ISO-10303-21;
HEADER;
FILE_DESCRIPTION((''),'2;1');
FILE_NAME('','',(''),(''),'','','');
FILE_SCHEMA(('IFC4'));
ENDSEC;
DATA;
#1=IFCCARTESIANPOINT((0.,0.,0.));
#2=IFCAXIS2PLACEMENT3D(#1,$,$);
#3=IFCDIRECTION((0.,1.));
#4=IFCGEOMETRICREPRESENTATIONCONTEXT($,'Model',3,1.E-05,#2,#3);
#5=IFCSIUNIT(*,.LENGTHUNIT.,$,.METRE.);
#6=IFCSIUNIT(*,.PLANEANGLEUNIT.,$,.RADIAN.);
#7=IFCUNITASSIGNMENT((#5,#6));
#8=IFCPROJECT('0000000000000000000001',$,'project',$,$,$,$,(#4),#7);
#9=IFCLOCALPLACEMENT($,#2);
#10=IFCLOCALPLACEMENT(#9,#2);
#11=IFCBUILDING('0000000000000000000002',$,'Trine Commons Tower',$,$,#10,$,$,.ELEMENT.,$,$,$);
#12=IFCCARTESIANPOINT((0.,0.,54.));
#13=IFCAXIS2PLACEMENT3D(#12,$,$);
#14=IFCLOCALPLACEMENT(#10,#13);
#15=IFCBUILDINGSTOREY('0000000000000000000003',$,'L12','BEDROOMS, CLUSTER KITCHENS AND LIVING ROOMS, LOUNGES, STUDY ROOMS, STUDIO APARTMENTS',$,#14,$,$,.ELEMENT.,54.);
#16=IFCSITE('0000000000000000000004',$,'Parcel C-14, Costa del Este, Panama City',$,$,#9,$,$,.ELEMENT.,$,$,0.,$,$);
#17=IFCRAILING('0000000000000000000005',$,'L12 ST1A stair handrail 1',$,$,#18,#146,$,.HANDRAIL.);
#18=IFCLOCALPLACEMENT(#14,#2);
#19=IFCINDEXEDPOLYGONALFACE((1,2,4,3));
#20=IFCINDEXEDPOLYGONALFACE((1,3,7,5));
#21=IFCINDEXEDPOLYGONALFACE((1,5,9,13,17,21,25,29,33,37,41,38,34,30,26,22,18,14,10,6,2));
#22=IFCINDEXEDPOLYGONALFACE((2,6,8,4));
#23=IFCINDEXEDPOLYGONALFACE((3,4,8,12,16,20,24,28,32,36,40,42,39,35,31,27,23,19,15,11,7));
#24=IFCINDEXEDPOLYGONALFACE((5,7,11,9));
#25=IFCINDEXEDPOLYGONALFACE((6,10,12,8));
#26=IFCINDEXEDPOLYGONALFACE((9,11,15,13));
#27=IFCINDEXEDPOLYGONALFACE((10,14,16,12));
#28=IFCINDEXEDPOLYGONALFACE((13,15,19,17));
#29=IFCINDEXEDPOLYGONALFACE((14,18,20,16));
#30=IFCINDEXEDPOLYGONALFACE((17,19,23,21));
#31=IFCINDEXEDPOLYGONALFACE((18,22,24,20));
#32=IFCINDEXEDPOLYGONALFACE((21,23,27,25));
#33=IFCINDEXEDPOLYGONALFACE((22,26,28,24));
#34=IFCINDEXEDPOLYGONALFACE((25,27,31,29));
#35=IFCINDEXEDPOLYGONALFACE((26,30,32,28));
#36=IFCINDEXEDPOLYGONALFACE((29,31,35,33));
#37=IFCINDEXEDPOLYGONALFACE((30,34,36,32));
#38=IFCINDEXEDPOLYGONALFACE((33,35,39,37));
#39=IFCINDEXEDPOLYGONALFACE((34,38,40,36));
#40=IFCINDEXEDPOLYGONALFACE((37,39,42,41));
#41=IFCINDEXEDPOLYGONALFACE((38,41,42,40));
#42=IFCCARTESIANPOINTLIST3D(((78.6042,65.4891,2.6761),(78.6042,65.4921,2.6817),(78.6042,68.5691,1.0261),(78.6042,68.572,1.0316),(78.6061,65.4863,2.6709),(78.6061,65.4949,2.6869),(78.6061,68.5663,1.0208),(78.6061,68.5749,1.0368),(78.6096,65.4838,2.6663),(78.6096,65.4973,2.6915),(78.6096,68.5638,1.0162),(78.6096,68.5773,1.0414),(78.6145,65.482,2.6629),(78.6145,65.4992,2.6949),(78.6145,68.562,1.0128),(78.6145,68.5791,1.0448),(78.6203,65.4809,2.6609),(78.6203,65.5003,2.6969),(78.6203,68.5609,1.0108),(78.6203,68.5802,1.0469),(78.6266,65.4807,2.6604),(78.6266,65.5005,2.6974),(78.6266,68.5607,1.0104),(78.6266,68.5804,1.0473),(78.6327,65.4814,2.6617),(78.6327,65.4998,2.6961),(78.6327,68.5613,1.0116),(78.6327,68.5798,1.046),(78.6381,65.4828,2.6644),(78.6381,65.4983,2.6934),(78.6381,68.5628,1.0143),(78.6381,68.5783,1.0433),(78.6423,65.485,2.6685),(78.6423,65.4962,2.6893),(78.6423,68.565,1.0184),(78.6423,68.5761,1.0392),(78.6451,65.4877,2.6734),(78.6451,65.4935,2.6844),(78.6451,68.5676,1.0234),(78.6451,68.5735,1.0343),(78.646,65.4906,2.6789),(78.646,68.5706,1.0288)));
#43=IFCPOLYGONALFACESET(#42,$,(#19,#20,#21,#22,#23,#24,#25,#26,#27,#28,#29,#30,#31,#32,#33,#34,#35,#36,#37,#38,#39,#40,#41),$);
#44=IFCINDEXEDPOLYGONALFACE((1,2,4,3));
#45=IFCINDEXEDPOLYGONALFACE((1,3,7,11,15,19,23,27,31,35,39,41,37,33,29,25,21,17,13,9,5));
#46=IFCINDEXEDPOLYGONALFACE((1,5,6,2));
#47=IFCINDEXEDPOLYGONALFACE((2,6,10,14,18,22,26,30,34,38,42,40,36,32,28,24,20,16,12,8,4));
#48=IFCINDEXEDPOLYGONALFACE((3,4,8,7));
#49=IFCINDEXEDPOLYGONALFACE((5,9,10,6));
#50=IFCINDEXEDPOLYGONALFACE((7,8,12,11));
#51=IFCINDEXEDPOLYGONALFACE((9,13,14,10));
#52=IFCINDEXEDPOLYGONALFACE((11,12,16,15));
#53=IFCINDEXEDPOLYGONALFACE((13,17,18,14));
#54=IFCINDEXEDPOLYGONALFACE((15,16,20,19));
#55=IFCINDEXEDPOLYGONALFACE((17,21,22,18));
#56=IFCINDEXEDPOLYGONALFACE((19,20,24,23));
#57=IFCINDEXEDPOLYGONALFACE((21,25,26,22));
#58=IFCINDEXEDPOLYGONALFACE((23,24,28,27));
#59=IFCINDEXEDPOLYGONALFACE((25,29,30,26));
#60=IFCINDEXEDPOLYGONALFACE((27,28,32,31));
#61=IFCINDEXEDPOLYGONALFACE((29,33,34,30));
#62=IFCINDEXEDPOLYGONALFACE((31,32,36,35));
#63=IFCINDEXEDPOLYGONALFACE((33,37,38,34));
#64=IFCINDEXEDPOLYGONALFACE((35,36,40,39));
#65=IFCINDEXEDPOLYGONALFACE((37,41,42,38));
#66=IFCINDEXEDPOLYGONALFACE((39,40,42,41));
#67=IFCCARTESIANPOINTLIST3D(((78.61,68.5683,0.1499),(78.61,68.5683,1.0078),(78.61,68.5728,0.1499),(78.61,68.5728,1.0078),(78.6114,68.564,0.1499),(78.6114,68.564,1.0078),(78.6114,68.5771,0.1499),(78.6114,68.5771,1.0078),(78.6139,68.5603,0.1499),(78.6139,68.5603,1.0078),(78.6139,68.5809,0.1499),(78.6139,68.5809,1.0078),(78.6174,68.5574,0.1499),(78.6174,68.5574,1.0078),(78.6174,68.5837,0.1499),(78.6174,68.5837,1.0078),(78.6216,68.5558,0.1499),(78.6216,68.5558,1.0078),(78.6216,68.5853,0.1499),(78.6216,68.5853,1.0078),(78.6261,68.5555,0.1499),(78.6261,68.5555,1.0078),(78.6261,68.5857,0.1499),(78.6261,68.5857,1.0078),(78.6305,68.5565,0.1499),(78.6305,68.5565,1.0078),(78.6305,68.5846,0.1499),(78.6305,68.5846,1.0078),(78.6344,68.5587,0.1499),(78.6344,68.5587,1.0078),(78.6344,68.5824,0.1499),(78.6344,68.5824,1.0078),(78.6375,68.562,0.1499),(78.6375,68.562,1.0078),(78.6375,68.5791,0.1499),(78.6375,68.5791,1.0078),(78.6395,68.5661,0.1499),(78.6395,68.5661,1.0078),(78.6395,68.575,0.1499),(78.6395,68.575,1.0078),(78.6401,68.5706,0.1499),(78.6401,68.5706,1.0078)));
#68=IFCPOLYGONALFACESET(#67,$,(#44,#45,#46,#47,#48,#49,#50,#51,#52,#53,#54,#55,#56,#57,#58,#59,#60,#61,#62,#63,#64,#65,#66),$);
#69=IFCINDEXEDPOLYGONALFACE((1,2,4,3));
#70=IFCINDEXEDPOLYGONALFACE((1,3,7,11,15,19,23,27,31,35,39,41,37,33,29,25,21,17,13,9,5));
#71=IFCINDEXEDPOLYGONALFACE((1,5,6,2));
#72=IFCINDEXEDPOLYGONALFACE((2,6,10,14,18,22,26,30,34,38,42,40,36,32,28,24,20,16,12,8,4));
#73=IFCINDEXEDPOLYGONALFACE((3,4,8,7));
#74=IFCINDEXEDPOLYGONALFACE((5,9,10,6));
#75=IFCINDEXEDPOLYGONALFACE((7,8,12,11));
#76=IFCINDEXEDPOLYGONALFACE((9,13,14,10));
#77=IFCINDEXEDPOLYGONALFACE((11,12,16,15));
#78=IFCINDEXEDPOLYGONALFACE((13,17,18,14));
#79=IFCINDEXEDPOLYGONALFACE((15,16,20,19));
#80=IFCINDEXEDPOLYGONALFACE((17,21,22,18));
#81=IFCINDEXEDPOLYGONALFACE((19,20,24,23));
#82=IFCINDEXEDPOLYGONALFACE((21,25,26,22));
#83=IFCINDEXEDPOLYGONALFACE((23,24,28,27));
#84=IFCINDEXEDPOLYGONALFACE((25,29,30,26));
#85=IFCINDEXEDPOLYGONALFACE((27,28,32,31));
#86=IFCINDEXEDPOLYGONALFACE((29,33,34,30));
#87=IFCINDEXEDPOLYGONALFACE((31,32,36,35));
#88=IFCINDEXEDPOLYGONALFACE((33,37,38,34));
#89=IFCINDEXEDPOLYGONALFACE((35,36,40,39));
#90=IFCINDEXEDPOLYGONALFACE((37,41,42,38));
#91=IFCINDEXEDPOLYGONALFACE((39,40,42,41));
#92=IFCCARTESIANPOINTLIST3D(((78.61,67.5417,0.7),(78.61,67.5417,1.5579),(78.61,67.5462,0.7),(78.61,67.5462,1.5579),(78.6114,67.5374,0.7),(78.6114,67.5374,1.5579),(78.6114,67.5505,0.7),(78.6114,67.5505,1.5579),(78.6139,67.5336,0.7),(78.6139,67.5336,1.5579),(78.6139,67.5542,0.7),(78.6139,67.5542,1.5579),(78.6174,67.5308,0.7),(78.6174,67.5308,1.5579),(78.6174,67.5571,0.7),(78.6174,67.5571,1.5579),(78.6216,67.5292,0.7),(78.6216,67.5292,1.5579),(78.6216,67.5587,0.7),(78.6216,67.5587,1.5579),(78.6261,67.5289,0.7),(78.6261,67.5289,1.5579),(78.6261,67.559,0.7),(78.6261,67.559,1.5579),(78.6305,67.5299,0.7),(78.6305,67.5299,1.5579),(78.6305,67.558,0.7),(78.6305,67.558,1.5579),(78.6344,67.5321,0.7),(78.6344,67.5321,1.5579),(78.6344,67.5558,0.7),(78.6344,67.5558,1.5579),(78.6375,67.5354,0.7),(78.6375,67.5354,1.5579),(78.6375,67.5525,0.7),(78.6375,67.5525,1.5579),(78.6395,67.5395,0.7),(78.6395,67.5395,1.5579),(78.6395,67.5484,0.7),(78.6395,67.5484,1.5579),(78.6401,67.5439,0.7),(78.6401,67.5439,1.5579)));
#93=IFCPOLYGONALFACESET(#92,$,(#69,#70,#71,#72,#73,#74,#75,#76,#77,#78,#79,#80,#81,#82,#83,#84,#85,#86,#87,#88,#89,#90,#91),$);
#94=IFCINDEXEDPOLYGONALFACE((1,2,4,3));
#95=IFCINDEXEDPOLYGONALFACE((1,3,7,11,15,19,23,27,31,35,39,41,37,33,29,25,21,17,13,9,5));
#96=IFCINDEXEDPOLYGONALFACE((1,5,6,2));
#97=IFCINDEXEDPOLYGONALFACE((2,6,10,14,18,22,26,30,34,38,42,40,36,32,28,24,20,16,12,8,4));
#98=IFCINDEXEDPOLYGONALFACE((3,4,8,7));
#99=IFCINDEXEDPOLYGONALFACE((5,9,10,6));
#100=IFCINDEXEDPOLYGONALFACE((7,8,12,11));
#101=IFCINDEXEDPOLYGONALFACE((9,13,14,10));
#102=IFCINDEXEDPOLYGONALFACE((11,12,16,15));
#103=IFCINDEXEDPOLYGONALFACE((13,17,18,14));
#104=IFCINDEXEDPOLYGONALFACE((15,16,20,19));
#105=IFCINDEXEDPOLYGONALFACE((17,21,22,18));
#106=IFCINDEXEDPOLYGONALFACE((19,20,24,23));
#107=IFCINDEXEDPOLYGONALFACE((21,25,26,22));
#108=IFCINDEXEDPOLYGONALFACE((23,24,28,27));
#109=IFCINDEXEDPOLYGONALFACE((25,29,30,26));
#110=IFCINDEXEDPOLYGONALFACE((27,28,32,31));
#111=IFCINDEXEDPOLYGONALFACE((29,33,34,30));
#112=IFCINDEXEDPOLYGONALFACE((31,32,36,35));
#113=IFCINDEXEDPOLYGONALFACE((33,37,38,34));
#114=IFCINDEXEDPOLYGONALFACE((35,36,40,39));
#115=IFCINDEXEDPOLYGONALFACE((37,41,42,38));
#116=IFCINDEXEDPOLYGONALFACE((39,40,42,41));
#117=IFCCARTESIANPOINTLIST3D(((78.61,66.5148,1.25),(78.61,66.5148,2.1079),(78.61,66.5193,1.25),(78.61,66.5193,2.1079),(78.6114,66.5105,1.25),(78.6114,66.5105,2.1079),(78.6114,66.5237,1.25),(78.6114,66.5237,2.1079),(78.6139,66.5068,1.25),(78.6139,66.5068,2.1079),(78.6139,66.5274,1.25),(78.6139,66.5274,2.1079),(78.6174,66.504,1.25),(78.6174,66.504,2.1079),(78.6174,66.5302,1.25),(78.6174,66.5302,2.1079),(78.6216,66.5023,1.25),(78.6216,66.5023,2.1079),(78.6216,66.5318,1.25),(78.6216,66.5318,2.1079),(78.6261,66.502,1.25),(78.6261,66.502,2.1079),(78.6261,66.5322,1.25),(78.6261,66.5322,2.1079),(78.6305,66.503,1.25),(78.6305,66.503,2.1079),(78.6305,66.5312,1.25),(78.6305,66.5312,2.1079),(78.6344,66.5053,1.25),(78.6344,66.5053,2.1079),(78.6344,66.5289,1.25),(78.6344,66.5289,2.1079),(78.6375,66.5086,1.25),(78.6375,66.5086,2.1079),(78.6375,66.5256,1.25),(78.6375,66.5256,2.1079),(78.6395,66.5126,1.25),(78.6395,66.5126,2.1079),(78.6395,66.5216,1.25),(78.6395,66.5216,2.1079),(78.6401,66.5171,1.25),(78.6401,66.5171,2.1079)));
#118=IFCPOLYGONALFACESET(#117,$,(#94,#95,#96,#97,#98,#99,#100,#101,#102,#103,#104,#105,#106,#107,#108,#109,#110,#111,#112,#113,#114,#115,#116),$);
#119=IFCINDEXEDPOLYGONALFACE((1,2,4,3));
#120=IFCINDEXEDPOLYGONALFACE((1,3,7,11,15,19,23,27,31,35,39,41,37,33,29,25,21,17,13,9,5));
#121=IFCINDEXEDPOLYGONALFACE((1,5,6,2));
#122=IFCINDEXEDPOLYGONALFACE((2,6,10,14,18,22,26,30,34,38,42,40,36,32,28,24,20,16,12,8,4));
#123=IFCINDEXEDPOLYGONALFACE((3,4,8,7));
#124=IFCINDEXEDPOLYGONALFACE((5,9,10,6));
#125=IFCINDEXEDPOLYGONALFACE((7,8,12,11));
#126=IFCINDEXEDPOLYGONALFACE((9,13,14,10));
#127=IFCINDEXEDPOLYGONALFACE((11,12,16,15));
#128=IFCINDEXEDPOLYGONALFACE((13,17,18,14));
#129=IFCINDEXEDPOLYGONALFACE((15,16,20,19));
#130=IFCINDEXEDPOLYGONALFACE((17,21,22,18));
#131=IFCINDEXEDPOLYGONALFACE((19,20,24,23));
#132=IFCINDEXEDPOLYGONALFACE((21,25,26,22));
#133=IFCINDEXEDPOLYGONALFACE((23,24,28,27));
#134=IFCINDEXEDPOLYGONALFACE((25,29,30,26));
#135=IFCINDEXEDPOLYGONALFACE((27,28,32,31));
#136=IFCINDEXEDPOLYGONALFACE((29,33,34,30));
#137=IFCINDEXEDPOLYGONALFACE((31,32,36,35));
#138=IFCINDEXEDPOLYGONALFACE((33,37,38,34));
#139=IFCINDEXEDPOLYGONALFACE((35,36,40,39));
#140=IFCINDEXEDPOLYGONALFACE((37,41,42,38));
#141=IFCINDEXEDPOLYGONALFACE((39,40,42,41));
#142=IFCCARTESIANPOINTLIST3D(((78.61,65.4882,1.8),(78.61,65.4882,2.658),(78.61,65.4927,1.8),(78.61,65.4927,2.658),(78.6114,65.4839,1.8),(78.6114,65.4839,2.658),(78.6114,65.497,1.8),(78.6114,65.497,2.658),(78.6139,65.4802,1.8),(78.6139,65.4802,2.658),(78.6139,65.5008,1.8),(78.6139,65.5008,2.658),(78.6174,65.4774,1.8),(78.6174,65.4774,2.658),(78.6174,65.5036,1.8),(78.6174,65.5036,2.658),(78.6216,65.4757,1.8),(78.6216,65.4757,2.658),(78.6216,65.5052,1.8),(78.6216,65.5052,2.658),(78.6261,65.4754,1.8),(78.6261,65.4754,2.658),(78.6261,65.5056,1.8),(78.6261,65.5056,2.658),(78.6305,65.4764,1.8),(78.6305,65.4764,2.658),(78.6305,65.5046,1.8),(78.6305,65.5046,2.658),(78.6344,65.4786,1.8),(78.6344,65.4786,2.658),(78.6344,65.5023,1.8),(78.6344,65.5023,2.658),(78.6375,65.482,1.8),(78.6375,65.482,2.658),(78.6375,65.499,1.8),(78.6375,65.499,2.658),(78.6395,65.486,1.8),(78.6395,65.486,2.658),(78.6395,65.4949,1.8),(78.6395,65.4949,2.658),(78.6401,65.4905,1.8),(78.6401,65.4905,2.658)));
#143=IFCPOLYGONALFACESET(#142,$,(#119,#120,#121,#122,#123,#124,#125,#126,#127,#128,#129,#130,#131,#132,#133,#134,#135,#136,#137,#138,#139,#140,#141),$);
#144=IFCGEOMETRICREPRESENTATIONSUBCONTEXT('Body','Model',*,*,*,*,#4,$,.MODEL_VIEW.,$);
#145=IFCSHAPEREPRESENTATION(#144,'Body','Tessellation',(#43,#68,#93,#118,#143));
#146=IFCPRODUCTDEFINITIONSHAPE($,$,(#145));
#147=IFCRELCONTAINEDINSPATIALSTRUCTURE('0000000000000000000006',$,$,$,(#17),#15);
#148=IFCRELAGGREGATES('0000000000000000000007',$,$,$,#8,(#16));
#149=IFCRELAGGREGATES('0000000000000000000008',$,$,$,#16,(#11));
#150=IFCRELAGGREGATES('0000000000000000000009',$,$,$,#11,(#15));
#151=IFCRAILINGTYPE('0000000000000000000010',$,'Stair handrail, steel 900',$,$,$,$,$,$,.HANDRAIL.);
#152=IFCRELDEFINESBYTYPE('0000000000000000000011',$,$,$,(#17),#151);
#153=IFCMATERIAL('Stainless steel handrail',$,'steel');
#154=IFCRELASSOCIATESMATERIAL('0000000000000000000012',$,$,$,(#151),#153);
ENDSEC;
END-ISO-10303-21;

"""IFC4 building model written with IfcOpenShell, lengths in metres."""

from ifc_helpers import new_model, si_unit, direction, frame, origin, origin_2d, place, context, subcontext, project, spatial, circle, extrude, material, type_object, element, save


model = new_model("IFC4")

# Units and contexts
model_context = context("Model", 3, precision=1e-05, world=origin(), true_north=direction((0.0, 1.0)))
body_context = subcontext(model_context, "Body", "Model", "MODEL_VIEW")
ifc_project = project(units=[si_unit("LENGTHUNIT", "METRE"), si_unit("PLANEANGLEUNIT", "RADIAN")], contexts=[model_context])

# Site, building, storey
site_placement = place(None, origin())
site = spatial("IfcSite", under=ifc_project, at=site_placement, Name="Parcel C-14, Costa del Este, Panama City", CompositionType="ELEMENT", RefElevation=0.0)
building_placement = place(site_placement, origin())
building = spatial("IfcBuilding", under=site, at=building_placement, Name="Trine Commons Tower", CompositionType="ELEMENT")
storey_placement = place(building_placement, frame((0.0, 0.0, 54.0)))
storey = spatial("IfcBuildingStorey", under=building, at=storey_placement, Name="L12", Description="BEDROOMS, CLUSTER KITCHENS AND LIVING ROOMS, LOUNGES, STUDY ROOMS, STUDIO APARTMENTS", CompositionType="ELEMENT", Elevation=54.0)

# Railing
ifc_material_1 = material(Name="Stainless steel handrail", Category="steel")
railing_type = type_object("IfcRailingType", Name="Stair handrail, steel 900", PredefinedType="HANDRAIL", material=ifc_material_1)
railing_1_placement = place(storey_placement, frame((78.625, 68.5706, 0.1499)))
element("IfcRailing", 1, at=railing_1_placement, inside=storey, type_object=railing_type, Name="L12 ST1A stair handrail 1", PredefinedType="HANDRAIL", context=body_context, shape_type="SweptSolid", body=[
    extrude(circle(Radius=0.021, at=origin_2d()), frame((0.0, 0.0, 0.8789), z_axis=(0.0, -0.881468, 0.472245), x_axis=(1.0, 0.0, 0.0)), (0.0, 0.0, 1.0), 3.4941),
    extrude(circle(Radius=0.0151, at=origin_2d()), origin(), (0.0, 0.0, 1.0), 0.8579),
    extrude(circle(Radius=0.0151, at=origin_2d()), frame((0.0, -1.0266, 0.55)), (0.0, 0.0, 1.0), 0.8579),
    extrude(circle(Radius=0.0151, at=origin_2d()), frame((0.0, -2.0535, 1.1001)), (0.0, 0.0, 1.0), 0.8579),
    extrude(circle(Radius=0.0151, at=origin_2d()), frame((0.0, -3.0801, 1.6501)), (0.0, 0.0, 1.0), 0.8579),
])

save(model, "model.ifc")
